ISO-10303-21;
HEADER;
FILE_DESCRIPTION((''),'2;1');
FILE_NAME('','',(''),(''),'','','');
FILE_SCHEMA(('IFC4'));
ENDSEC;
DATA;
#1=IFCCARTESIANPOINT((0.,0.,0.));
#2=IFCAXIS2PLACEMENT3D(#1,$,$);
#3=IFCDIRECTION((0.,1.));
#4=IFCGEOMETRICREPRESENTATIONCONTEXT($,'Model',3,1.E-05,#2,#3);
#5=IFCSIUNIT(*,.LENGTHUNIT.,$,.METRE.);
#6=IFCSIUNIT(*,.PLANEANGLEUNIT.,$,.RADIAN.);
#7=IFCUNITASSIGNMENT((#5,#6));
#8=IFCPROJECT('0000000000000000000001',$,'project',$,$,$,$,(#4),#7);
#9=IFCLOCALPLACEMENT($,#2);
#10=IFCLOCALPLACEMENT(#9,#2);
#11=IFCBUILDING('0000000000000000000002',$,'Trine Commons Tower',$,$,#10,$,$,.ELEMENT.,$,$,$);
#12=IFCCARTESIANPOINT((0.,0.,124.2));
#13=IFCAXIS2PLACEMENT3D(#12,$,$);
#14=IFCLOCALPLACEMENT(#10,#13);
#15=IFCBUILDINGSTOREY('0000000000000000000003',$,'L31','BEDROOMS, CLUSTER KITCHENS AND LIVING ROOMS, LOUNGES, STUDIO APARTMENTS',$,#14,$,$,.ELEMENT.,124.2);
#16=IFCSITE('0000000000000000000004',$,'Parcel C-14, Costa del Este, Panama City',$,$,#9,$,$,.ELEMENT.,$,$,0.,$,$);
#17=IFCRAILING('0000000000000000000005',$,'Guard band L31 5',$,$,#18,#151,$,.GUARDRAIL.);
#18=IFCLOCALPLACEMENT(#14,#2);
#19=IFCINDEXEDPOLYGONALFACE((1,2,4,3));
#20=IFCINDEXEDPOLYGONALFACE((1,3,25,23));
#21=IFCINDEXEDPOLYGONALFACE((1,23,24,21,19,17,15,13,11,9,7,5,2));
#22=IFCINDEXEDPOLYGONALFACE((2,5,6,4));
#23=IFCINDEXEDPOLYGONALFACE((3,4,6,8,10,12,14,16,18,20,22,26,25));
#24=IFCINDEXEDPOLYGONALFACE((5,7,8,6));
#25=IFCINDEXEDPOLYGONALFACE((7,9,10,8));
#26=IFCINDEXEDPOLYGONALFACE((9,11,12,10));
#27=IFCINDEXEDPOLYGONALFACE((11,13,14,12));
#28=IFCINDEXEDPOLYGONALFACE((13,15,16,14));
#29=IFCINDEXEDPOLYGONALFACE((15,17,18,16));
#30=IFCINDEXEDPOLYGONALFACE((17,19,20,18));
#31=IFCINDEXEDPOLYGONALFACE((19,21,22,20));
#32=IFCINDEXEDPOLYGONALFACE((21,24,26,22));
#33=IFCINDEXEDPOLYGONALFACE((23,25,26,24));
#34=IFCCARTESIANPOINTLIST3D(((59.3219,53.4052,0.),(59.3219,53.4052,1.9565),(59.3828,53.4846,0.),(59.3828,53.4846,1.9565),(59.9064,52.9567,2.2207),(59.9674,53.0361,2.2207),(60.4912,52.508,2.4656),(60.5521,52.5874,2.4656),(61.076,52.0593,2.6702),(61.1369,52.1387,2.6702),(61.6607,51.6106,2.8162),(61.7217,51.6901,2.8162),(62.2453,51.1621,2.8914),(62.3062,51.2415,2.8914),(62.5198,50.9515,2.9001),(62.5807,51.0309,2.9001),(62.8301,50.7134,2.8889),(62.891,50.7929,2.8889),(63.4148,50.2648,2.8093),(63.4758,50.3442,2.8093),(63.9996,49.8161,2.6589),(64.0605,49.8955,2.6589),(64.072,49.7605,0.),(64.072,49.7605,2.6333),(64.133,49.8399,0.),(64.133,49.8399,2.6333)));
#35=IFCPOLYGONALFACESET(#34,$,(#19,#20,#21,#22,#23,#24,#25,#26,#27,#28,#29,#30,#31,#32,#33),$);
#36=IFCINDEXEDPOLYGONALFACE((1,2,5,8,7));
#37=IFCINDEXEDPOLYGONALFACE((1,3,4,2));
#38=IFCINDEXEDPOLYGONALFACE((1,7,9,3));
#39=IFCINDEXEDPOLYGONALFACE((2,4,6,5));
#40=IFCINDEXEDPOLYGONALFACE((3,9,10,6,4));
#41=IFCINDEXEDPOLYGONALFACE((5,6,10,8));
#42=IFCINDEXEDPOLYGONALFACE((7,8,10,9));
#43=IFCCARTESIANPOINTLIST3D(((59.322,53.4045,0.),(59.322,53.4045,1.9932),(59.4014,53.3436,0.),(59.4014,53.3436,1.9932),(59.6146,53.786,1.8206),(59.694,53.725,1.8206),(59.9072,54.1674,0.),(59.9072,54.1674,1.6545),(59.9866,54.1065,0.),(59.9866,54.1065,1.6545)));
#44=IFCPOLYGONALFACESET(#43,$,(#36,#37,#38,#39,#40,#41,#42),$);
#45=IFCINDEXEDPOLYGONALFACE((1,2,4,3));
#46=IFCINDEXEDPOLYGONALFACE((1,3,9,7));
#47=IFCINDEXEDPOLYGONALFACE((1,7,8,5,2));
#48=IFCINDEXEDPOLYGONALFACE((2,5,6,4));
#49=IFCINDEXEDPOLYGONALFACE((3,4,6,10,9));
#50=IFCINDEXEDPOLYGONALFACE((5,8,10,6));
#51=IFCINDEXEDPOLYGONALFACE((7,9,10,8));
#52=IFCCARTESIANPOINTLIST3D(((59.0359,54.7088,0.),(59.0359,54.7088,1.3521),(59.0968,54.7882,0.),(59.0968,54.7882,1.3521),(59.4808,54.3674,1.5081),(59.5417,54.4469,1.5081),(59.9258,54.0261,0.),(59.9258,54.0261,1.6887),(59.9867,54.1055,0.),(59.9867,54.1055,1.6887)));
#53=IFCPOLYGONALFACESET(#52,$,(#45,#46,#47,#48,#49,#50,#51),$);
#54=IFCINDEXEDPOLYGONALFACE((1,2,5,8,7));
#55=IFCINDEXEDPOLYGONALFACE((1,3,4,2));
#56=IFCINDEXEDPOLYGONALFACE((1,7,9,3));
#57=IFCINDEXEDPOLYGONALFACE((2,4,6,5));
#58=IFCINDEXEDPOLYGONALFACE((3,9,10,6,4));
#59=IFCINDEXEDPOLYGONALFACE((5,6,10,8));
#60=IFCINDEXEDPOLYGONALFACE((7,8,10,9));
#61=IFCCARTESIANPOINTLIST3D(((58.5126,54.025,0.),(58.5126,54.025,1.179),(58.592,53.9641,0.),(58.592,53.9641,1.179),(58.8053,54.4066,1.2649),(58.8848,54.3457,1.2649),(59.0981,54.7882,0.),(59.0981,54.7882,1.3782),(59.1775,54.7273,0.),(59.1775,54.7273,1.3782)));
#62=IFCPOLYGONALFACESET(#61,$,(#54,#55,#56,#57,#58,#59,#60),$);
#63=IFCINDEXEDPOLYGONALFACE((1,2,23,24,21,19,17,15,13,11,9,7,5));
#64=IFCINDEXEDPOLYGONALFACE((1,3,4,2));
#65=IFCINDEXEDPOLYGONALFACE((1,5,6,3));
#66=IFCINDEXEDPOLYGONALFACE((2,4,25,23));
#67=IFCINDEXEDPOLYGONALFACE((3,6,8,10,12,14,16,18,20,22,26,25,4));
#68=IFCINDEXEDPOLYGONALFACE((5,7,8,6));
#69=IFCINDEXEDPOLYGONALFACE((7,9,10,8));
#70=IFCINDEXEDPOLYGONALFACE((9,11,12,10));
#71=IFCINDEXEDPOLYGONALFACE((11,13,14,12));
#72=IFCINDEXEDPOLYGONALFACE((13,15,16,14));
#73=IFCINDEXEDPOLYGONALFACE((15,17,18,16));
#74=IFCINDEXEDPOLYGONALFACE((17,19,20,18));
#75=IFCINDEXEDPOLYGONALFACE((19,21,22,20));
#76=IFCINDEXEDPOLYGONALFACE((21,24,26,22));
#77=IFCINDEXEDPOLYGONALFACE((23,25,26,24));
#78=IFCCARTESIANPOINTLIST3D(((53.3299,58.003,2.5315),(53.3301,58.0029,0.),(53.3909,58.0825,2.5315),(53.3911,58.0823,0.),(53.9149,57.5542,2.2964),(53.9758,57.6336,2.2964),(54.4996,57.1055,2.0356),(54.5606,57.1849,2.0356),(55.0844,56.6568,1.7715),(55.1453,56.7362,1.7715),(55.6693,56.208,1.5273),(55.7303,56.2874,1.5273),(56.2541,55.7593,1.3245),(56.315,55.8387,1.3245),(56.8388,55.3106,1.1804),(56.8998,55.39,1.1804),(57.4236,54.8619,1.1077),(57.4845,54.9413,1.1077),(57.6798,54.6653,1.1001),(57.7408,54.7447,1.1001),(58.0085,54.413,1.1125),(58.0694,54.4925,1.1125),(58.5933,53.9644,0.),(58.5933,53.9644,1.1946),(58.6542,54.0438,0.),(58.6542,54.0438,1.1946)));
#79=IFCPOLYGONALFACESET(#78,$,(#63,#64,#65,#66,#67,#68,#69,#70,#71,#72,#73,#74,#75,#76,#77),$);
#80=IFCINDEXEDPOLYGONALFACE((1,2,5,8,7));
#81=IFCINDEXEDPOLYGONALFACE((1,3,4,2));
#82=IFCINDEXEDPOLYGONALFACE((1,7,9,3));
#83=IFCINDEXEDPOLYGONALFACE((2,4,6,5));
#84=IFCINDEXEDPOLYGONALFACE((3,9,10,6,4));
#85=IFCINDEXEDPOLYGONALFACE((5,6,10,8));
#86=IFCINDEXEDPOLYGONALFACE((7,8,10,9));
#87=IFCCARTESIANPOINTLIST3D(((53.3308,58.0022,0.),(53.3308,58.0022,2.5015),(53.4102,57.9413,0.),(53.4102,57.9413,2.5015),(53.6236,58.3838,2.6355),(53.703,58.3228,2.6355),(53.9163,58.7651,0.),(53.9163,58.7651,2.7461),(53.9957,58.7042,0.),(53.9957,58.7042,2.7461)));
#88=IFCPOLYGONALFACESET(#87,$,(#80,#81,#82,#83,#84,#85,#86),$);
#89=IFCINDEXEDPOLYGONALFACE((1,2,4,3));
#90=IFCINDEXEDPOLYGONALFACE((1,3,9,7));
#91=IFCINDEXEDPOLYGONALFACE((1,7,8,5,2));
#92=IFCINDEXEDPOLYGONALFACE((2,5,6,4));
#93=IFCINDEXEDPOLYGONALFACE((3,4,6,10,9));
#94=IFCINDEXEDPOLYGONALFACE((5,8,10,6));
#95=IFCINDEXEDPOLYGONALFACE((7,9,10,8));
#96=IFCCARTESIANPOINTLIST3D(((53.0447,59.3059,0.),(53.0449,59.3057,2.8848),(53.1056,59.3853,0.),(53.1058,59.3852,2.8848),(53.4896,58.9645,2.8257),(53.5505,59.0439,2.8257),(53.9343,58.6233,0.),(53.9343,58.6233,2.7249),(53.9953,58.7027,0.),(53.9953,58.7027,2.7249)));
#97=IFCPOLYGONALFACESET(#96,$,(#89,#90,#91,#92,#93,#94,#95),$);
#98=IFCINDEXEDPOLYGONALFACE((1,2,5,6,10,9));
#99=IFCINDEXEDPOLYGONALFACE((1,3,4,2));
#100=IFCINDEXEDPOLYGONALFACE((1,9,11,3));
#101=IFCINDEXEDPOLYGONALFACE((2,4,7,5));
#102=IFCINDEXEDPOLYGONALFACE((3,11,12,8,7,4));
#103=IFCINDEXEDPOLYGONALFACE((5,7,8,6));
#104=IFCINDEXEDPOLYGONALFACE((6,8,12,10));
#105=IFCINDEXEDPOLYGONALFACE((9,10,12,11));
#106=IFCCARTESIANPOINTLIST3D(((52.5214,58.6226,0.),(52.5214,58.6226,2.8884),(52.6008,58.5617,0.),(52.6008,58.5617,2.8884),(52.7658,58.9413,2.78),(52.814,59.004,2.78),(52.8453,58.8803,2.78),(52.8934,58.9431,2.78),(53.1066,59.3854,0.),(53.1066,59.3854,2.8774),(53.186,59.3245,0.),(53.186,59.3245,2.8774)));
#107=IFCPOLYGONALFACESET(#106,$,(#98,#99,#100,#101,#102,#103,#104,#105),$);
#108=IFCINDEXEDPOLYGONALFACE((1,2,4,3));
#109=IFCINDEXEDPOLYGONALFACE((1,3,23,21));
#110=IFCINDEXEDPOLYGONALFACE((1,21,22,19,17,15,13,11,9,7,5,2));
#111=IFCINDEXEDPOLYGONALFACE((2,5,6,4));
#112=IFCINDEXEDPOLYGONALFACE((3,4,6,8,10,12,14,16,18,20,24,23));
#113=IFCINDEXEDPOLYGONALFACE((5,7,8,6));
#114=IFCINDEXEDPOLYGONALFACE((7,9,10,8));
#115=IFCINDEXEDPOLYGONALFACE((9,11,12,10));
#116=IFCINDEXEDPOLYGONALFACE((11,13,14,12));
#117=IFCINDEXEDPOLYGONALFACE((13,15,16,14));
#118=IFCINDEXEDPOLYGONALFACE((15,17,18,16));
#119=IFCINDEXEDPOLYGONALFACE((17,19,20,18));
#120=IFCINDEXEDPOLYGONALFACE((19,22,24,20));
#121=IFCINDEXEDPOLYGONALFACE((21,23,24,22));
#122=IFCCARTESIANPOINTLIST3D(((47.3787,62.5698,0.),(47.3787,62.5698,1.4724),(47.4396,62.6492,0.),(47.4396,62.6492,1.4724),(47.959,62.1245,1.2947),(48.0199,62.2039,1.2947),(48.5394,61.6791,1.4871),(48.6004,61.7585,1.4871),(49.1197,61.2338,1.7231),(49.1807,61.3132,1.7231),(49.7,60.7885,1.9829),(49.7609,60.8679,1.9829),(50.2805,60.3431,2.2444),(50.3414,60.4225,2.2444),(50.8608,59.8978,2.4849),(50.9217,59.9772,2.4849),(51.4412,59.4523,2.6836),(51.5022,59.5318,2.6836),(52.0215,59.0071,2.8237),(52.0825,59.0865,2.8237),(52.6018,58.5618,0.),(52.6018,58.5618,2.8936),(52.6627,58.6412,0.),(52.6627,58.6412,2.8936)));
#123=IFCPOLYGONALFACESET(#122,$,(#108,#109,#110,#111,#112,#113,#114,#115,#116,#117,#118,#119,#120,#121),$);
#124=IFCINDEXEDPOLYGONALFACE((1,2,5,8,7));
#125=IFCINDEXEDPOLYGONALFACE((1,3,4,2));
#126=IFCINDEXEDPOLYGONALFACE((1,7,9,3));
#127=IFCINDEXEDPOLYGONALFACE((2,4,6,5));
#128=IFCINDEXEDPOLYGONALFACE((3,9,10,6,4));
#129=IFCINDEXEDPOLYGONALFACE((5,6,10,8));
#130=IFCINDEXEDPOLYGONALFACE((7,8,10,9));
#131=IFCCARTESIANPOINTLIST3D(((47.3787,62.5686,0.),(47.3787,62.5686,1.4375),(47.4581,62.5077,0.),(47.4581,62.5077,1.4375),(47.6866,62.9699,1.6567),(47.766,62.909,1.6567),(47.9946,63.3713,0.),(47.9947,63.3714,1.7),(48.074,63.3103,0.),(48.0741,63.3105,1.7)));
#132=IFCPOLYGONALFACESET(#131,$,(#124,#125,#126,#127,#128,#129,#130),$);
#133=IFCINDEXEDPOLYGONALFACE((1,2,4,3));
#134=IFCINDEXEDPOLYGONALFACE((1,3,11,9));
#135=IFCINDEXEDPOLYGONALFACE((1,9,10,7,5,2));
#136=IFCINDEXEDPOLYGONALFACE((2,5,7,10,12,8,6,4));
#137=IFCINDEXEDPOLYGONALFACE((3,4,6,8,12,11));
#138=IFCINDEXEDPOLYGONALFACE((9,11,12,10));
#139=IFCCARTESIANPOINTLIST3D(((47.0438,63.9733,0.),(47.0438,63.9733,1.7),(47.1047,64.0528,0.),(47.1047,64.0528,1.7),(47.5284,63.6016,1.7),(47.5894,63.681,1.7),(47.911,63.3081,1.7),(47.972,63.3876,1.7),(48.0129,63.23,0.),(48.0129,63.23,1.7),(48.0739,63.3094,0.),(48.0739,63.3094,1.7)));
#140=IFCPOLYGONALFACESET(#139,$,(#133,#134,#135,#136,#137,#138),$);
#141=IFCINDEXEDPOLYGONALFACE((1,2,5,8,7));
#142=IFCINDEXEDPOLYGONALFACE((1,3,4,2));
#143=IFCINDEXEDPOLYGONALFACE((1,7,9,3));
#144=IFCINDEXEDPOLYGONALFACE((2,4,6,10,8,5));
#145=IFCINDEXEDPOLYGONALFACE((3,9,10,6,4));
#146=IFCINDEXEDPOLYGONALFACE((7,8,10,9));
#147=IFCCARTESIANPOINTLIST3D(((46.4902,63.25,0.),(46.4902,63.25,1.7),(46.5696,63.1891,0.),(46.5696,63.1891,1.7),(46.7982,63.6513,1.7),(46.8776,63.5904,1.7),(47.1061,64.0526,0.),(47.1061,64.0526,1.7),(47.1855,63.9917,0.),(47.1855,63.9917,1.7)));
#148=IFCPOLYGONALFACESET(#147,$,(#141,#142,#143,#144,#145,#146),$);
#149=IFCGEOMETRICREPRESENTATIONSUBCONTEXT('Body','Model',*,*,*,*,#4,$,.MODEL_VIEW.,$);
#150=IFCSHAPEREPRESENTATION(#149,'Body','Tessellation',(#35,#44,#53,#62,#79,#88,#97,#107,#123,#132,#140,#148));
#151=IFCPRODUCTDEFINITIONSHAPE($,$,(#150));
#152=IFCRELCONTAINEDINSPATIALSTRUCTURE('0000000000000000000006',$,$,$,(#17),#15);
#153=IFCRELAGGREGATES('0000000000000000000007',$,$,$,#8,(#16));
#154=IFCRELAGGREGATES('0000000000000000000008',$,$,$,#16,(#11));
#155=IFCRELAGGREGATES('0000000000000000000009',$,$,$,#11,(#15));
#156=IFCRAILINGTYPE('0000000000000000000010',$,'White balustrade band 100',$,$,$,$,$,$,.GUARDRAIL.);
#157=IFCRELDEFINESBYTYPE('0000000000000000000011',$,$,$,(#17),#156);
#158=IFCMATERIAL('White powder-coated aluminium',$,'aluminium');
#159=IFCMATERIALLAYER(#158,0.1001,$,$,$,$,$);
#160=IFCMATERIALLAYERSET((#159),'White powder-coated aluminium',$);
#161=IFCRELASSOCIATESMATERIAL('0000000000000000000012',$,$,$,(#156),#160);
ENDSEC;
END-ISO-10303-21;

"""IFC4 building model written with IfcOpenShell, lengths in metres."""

from ifc_helpers import new_model, si_unit, direction, frame, origin, place, context, subcontext, project, spatial, polyline, outline, extrude, material, layer, layer_set, type_object, element, save


model = new_model("IFC4")

# Units and contexts
model_context = context("Model", 3, precision=1e-05, world=origin(), true_north=direction((0.0, 1.0)))
body_context = subcontext(model_context, "Body", "Model", "MODEL_VIEW")
ifc_project = project(units=[si_unit("LENGTHUNIT", "METRE"), si_unit("PLANEANGLEUNIT", "RADIAN")], contexts=[model_context])

# Site, building, storey
site_placement = place(None, origin())
site = spatial("IfcSite", under=ifc_project, at=site_placement, Name="Parcel C-14, Costa del Este, Panama City", CompositionType="ELEMENT", RefElevation=0.0)
building_placement = place(site_placement, origin())
building = spatial("IfcBuilding", under=site, at=building_placement, Name="Trine Commons Tower", CompositionType="ELEMENT")
storey_placement = place(building_placement, frame((0.0, 0.0, 124.2)))
storey = spatial("IfcBuildingStorey", under=building, at=storey_placement, Name="L31", Description="BEDROOMS, CLUSTER KITCHENS AND LIVING ROOMS, LOUNGES, STUDIO APARTMENTS", CompositionType="ELEMENT", Elevation=124.2)

# Railing
ifc_material_1 = material(Name="White powder-coated aluminium", Category="aluminium")
ifc_layer_1 = layer(ifc_material_1, 0.1001)
ifc_layer_set_1 = layer_set([ifc_layer_1], Name="White powder-coated aluminium")
railing_type = type_object("IfcRailingType", Name="White balustrade band 100", PredefinedType="GUARDRAIL", material=ifc_layer_set_1)
railing_1_placement = place(storey_placement, origin())
element("IfcRailing", 1, at=railing_1_placement, inside=storey, type_object=railing_type, Name="Guard band L31 5", PredefinedType="GUARDRAIL", context=body_context, shape_type="SweptSolid", body=[
    extrude(outline(polyline([(0.0, 0.0), (5.9873, 0.0), (5.9873, 1.9565), (5.2505, 2.2207), (4.5134, 2.4656), (3.7764, 2.6702), (3.0393, 2.8162), (2.3025, 2.8914), (1.9565, 2.9001), (1.5654, 2.8889), (0.8284, 2.8093), (0.0913, 2.6589), (0.0, 2.6333), (0.0, 0.0)])), frame((64.072, 49.7605, 0.0), z_axis=(0.608739, 0.793371, 0.0), x_axis=(-0.793371, 0.608739, 0.0)), (0.0, 0.0, 1.0), 0.1001),
    extrude(outline(polyline([(0.0, 0.0), (0.9614, 0.0), (0.9614, 1.6545), (0.4807, 1.8206), (0.0, 1.9932), (0.0, 0.0)])), frame((59.322, 53.4045, 0.0), z_axis=(0.793463, -0.608618, 0.0), x_axis=(0.608618, 0.793463, 0.0)), (0.0, 0.0, 1.0), 0.1001),
    extrude(outline(polyline([(0.0, 0.0), (1.1216, 0.0), (1.1216, 1.3521), (0.5608, 1.5081), (0.0, 1.6887), (0.0, 0.0)])), frame((59.9258, 54.0261, 0.0), z_axis=(0.608637, 0.793449, 0.0), x_axis=(-0.793449, 0.608637, 0.0)), (0.0, 0.0, 1.0), 0.1001),
    extrude(outline(polyline([(0.0, 0.0), (0.9619, 0.0), (0.9619, 1.179), (0.481, 1.2649), (0.0, 1.3782), (0.0, 0.0)])), frame((59.1775, 54.7273, 0.0), z_axis=(-0.793435, 0.608655, 0.0), x_axis=(-0.608655, -0.793435, 0.0)), (0.0, 0.0, 1.0), 0.1001),
    extrude(outline(polyline([(0.0, 0.0), (6.634, 0.0), (6.6343, 2.5315), (5.897, 2.2964), (5.1599, 2.0356), (4.4229, 1.7715), (3.6855, 1.5273), (2.9485, 1.3245), (2.2114, 1.1804), (1.4744, 1.1077), (1.1514, 1.1001), (0.7371, 1.1125), (0.0, 1.1946), (0.0, 0.0)])), frame((58.5933, 53.9644, 0.0), z_axis=(0.608761, 0.793354, 0.0), x_axis=(-0.793354, 0.608761, 0.0)), (0.0, 0.0, 1.0), 0.1001),
    extrude(outline(polyline([(0.0, 0.0), (0.9617, 0.0), (0.9617, 2.7461), (0.481, 2.6355), (0.0, 2.5015), (0.0, 0.0)])), frame((53.3308, 58.0022, 0.0), z_axis=(0.793341, -0.608778, 0.0), x_axis=(0.608778, 0.793341, 0.0)), (0.0, 0.0, 1.0), 0.1001),
    extrude(outline(polyline([(0.0, 0.0), (1.1213, 0.0), (1.1211, 2.8848), (0.5605, 2.8257), (0.0, 2.7249), (0.0, 0.0)])), frame((53.9343, 58.6233, 0.0), z_axis=(0.608742, 0.793368, 0.0), x_axis=(-0.793368, 0.608742, 0.0)), (0.0, 0.0, 1.0), 0.1001),
    extrude(outline(polyline([(0.0, 0.0), (0.9614, 0.0), (0.9614, 2.8884), (0.5598, 2.78), (0.4807, 2.78), (0.0, 2.8774), (0.0, 0.0)])), frame((53.186, 59.3245, 0.0), z_axis=(-0.793369, 0.608741, 0.0), x_axis=(-0.608741, -0.793369, 0.0)), (0.0, 0.0, 1.0), 0.1001),
    extrude(outline(polyline([(0.0, 0.0), (6.5837, 0.0), (6.5837, 1.4724), (5.8523, 1.2947), (5.1206, 1.4871), (4.3892, 1.7231), (3.6577, 1.9829), (2.926, 2.2444), (2.1946, 2.4849), (1.4629, 2.6836), (0.7314, 2.8237), (0.0, 2.8936), (0.0, 0.0)])), frame((52.6018, 58.5618, 0.0), z_axis=(0.60878, 0.793339, 0.0), x_axis=(-0.793339, 0.60878, 0.0)), (0.0, 0.0, 1.0), 0.1001),
    extrude(outline(polyline([(0.0, 0.0), (1.0117, 0.0), (1.012, 1.7), (0.5059, 1.6567), (0.0, 1.4375), (0.0, 0.0)])), frame((47.3787, 62.5686, 0.0), z_axis=(0.79335, -0.608766, 0.0), x_axis=(0.608766, 0.79335, 0.0)), (0.0, 0.0, 1.0), 0.1001),
    extrude(outline(polyline([(0.0, 0.0), (1.2214, 0.0), (1.2214, 1.7), (0.6106, 1.7), (0.1284, 1.7), (0.0, 1.7), (0.0, 0.0)])), frame((48.0129, 63.23, 0.0), z_axis=(0.608599, 0.793478, 0.0), x_axis=(-0.793478, 0.608599, 0.0)), (0.0, 0.0, 1.0), 0.1001),
    extrude(outline(polyline([(0.0, 0.0), (1.0117, 0.0), (1.0117, 1.7), (0.5059, 1.7), (0.0, 1.7), (0.0, 0.0)])), frame((47.1855, 63.9917, 0.0), z_axis=(-0.79335, 0.608766, 0.0), x_axis=(-0.608766, -0.79335, 0.0)), (0.0, 0.0, 1.0), 0.1001),
])

save(model, "model.ifc")
